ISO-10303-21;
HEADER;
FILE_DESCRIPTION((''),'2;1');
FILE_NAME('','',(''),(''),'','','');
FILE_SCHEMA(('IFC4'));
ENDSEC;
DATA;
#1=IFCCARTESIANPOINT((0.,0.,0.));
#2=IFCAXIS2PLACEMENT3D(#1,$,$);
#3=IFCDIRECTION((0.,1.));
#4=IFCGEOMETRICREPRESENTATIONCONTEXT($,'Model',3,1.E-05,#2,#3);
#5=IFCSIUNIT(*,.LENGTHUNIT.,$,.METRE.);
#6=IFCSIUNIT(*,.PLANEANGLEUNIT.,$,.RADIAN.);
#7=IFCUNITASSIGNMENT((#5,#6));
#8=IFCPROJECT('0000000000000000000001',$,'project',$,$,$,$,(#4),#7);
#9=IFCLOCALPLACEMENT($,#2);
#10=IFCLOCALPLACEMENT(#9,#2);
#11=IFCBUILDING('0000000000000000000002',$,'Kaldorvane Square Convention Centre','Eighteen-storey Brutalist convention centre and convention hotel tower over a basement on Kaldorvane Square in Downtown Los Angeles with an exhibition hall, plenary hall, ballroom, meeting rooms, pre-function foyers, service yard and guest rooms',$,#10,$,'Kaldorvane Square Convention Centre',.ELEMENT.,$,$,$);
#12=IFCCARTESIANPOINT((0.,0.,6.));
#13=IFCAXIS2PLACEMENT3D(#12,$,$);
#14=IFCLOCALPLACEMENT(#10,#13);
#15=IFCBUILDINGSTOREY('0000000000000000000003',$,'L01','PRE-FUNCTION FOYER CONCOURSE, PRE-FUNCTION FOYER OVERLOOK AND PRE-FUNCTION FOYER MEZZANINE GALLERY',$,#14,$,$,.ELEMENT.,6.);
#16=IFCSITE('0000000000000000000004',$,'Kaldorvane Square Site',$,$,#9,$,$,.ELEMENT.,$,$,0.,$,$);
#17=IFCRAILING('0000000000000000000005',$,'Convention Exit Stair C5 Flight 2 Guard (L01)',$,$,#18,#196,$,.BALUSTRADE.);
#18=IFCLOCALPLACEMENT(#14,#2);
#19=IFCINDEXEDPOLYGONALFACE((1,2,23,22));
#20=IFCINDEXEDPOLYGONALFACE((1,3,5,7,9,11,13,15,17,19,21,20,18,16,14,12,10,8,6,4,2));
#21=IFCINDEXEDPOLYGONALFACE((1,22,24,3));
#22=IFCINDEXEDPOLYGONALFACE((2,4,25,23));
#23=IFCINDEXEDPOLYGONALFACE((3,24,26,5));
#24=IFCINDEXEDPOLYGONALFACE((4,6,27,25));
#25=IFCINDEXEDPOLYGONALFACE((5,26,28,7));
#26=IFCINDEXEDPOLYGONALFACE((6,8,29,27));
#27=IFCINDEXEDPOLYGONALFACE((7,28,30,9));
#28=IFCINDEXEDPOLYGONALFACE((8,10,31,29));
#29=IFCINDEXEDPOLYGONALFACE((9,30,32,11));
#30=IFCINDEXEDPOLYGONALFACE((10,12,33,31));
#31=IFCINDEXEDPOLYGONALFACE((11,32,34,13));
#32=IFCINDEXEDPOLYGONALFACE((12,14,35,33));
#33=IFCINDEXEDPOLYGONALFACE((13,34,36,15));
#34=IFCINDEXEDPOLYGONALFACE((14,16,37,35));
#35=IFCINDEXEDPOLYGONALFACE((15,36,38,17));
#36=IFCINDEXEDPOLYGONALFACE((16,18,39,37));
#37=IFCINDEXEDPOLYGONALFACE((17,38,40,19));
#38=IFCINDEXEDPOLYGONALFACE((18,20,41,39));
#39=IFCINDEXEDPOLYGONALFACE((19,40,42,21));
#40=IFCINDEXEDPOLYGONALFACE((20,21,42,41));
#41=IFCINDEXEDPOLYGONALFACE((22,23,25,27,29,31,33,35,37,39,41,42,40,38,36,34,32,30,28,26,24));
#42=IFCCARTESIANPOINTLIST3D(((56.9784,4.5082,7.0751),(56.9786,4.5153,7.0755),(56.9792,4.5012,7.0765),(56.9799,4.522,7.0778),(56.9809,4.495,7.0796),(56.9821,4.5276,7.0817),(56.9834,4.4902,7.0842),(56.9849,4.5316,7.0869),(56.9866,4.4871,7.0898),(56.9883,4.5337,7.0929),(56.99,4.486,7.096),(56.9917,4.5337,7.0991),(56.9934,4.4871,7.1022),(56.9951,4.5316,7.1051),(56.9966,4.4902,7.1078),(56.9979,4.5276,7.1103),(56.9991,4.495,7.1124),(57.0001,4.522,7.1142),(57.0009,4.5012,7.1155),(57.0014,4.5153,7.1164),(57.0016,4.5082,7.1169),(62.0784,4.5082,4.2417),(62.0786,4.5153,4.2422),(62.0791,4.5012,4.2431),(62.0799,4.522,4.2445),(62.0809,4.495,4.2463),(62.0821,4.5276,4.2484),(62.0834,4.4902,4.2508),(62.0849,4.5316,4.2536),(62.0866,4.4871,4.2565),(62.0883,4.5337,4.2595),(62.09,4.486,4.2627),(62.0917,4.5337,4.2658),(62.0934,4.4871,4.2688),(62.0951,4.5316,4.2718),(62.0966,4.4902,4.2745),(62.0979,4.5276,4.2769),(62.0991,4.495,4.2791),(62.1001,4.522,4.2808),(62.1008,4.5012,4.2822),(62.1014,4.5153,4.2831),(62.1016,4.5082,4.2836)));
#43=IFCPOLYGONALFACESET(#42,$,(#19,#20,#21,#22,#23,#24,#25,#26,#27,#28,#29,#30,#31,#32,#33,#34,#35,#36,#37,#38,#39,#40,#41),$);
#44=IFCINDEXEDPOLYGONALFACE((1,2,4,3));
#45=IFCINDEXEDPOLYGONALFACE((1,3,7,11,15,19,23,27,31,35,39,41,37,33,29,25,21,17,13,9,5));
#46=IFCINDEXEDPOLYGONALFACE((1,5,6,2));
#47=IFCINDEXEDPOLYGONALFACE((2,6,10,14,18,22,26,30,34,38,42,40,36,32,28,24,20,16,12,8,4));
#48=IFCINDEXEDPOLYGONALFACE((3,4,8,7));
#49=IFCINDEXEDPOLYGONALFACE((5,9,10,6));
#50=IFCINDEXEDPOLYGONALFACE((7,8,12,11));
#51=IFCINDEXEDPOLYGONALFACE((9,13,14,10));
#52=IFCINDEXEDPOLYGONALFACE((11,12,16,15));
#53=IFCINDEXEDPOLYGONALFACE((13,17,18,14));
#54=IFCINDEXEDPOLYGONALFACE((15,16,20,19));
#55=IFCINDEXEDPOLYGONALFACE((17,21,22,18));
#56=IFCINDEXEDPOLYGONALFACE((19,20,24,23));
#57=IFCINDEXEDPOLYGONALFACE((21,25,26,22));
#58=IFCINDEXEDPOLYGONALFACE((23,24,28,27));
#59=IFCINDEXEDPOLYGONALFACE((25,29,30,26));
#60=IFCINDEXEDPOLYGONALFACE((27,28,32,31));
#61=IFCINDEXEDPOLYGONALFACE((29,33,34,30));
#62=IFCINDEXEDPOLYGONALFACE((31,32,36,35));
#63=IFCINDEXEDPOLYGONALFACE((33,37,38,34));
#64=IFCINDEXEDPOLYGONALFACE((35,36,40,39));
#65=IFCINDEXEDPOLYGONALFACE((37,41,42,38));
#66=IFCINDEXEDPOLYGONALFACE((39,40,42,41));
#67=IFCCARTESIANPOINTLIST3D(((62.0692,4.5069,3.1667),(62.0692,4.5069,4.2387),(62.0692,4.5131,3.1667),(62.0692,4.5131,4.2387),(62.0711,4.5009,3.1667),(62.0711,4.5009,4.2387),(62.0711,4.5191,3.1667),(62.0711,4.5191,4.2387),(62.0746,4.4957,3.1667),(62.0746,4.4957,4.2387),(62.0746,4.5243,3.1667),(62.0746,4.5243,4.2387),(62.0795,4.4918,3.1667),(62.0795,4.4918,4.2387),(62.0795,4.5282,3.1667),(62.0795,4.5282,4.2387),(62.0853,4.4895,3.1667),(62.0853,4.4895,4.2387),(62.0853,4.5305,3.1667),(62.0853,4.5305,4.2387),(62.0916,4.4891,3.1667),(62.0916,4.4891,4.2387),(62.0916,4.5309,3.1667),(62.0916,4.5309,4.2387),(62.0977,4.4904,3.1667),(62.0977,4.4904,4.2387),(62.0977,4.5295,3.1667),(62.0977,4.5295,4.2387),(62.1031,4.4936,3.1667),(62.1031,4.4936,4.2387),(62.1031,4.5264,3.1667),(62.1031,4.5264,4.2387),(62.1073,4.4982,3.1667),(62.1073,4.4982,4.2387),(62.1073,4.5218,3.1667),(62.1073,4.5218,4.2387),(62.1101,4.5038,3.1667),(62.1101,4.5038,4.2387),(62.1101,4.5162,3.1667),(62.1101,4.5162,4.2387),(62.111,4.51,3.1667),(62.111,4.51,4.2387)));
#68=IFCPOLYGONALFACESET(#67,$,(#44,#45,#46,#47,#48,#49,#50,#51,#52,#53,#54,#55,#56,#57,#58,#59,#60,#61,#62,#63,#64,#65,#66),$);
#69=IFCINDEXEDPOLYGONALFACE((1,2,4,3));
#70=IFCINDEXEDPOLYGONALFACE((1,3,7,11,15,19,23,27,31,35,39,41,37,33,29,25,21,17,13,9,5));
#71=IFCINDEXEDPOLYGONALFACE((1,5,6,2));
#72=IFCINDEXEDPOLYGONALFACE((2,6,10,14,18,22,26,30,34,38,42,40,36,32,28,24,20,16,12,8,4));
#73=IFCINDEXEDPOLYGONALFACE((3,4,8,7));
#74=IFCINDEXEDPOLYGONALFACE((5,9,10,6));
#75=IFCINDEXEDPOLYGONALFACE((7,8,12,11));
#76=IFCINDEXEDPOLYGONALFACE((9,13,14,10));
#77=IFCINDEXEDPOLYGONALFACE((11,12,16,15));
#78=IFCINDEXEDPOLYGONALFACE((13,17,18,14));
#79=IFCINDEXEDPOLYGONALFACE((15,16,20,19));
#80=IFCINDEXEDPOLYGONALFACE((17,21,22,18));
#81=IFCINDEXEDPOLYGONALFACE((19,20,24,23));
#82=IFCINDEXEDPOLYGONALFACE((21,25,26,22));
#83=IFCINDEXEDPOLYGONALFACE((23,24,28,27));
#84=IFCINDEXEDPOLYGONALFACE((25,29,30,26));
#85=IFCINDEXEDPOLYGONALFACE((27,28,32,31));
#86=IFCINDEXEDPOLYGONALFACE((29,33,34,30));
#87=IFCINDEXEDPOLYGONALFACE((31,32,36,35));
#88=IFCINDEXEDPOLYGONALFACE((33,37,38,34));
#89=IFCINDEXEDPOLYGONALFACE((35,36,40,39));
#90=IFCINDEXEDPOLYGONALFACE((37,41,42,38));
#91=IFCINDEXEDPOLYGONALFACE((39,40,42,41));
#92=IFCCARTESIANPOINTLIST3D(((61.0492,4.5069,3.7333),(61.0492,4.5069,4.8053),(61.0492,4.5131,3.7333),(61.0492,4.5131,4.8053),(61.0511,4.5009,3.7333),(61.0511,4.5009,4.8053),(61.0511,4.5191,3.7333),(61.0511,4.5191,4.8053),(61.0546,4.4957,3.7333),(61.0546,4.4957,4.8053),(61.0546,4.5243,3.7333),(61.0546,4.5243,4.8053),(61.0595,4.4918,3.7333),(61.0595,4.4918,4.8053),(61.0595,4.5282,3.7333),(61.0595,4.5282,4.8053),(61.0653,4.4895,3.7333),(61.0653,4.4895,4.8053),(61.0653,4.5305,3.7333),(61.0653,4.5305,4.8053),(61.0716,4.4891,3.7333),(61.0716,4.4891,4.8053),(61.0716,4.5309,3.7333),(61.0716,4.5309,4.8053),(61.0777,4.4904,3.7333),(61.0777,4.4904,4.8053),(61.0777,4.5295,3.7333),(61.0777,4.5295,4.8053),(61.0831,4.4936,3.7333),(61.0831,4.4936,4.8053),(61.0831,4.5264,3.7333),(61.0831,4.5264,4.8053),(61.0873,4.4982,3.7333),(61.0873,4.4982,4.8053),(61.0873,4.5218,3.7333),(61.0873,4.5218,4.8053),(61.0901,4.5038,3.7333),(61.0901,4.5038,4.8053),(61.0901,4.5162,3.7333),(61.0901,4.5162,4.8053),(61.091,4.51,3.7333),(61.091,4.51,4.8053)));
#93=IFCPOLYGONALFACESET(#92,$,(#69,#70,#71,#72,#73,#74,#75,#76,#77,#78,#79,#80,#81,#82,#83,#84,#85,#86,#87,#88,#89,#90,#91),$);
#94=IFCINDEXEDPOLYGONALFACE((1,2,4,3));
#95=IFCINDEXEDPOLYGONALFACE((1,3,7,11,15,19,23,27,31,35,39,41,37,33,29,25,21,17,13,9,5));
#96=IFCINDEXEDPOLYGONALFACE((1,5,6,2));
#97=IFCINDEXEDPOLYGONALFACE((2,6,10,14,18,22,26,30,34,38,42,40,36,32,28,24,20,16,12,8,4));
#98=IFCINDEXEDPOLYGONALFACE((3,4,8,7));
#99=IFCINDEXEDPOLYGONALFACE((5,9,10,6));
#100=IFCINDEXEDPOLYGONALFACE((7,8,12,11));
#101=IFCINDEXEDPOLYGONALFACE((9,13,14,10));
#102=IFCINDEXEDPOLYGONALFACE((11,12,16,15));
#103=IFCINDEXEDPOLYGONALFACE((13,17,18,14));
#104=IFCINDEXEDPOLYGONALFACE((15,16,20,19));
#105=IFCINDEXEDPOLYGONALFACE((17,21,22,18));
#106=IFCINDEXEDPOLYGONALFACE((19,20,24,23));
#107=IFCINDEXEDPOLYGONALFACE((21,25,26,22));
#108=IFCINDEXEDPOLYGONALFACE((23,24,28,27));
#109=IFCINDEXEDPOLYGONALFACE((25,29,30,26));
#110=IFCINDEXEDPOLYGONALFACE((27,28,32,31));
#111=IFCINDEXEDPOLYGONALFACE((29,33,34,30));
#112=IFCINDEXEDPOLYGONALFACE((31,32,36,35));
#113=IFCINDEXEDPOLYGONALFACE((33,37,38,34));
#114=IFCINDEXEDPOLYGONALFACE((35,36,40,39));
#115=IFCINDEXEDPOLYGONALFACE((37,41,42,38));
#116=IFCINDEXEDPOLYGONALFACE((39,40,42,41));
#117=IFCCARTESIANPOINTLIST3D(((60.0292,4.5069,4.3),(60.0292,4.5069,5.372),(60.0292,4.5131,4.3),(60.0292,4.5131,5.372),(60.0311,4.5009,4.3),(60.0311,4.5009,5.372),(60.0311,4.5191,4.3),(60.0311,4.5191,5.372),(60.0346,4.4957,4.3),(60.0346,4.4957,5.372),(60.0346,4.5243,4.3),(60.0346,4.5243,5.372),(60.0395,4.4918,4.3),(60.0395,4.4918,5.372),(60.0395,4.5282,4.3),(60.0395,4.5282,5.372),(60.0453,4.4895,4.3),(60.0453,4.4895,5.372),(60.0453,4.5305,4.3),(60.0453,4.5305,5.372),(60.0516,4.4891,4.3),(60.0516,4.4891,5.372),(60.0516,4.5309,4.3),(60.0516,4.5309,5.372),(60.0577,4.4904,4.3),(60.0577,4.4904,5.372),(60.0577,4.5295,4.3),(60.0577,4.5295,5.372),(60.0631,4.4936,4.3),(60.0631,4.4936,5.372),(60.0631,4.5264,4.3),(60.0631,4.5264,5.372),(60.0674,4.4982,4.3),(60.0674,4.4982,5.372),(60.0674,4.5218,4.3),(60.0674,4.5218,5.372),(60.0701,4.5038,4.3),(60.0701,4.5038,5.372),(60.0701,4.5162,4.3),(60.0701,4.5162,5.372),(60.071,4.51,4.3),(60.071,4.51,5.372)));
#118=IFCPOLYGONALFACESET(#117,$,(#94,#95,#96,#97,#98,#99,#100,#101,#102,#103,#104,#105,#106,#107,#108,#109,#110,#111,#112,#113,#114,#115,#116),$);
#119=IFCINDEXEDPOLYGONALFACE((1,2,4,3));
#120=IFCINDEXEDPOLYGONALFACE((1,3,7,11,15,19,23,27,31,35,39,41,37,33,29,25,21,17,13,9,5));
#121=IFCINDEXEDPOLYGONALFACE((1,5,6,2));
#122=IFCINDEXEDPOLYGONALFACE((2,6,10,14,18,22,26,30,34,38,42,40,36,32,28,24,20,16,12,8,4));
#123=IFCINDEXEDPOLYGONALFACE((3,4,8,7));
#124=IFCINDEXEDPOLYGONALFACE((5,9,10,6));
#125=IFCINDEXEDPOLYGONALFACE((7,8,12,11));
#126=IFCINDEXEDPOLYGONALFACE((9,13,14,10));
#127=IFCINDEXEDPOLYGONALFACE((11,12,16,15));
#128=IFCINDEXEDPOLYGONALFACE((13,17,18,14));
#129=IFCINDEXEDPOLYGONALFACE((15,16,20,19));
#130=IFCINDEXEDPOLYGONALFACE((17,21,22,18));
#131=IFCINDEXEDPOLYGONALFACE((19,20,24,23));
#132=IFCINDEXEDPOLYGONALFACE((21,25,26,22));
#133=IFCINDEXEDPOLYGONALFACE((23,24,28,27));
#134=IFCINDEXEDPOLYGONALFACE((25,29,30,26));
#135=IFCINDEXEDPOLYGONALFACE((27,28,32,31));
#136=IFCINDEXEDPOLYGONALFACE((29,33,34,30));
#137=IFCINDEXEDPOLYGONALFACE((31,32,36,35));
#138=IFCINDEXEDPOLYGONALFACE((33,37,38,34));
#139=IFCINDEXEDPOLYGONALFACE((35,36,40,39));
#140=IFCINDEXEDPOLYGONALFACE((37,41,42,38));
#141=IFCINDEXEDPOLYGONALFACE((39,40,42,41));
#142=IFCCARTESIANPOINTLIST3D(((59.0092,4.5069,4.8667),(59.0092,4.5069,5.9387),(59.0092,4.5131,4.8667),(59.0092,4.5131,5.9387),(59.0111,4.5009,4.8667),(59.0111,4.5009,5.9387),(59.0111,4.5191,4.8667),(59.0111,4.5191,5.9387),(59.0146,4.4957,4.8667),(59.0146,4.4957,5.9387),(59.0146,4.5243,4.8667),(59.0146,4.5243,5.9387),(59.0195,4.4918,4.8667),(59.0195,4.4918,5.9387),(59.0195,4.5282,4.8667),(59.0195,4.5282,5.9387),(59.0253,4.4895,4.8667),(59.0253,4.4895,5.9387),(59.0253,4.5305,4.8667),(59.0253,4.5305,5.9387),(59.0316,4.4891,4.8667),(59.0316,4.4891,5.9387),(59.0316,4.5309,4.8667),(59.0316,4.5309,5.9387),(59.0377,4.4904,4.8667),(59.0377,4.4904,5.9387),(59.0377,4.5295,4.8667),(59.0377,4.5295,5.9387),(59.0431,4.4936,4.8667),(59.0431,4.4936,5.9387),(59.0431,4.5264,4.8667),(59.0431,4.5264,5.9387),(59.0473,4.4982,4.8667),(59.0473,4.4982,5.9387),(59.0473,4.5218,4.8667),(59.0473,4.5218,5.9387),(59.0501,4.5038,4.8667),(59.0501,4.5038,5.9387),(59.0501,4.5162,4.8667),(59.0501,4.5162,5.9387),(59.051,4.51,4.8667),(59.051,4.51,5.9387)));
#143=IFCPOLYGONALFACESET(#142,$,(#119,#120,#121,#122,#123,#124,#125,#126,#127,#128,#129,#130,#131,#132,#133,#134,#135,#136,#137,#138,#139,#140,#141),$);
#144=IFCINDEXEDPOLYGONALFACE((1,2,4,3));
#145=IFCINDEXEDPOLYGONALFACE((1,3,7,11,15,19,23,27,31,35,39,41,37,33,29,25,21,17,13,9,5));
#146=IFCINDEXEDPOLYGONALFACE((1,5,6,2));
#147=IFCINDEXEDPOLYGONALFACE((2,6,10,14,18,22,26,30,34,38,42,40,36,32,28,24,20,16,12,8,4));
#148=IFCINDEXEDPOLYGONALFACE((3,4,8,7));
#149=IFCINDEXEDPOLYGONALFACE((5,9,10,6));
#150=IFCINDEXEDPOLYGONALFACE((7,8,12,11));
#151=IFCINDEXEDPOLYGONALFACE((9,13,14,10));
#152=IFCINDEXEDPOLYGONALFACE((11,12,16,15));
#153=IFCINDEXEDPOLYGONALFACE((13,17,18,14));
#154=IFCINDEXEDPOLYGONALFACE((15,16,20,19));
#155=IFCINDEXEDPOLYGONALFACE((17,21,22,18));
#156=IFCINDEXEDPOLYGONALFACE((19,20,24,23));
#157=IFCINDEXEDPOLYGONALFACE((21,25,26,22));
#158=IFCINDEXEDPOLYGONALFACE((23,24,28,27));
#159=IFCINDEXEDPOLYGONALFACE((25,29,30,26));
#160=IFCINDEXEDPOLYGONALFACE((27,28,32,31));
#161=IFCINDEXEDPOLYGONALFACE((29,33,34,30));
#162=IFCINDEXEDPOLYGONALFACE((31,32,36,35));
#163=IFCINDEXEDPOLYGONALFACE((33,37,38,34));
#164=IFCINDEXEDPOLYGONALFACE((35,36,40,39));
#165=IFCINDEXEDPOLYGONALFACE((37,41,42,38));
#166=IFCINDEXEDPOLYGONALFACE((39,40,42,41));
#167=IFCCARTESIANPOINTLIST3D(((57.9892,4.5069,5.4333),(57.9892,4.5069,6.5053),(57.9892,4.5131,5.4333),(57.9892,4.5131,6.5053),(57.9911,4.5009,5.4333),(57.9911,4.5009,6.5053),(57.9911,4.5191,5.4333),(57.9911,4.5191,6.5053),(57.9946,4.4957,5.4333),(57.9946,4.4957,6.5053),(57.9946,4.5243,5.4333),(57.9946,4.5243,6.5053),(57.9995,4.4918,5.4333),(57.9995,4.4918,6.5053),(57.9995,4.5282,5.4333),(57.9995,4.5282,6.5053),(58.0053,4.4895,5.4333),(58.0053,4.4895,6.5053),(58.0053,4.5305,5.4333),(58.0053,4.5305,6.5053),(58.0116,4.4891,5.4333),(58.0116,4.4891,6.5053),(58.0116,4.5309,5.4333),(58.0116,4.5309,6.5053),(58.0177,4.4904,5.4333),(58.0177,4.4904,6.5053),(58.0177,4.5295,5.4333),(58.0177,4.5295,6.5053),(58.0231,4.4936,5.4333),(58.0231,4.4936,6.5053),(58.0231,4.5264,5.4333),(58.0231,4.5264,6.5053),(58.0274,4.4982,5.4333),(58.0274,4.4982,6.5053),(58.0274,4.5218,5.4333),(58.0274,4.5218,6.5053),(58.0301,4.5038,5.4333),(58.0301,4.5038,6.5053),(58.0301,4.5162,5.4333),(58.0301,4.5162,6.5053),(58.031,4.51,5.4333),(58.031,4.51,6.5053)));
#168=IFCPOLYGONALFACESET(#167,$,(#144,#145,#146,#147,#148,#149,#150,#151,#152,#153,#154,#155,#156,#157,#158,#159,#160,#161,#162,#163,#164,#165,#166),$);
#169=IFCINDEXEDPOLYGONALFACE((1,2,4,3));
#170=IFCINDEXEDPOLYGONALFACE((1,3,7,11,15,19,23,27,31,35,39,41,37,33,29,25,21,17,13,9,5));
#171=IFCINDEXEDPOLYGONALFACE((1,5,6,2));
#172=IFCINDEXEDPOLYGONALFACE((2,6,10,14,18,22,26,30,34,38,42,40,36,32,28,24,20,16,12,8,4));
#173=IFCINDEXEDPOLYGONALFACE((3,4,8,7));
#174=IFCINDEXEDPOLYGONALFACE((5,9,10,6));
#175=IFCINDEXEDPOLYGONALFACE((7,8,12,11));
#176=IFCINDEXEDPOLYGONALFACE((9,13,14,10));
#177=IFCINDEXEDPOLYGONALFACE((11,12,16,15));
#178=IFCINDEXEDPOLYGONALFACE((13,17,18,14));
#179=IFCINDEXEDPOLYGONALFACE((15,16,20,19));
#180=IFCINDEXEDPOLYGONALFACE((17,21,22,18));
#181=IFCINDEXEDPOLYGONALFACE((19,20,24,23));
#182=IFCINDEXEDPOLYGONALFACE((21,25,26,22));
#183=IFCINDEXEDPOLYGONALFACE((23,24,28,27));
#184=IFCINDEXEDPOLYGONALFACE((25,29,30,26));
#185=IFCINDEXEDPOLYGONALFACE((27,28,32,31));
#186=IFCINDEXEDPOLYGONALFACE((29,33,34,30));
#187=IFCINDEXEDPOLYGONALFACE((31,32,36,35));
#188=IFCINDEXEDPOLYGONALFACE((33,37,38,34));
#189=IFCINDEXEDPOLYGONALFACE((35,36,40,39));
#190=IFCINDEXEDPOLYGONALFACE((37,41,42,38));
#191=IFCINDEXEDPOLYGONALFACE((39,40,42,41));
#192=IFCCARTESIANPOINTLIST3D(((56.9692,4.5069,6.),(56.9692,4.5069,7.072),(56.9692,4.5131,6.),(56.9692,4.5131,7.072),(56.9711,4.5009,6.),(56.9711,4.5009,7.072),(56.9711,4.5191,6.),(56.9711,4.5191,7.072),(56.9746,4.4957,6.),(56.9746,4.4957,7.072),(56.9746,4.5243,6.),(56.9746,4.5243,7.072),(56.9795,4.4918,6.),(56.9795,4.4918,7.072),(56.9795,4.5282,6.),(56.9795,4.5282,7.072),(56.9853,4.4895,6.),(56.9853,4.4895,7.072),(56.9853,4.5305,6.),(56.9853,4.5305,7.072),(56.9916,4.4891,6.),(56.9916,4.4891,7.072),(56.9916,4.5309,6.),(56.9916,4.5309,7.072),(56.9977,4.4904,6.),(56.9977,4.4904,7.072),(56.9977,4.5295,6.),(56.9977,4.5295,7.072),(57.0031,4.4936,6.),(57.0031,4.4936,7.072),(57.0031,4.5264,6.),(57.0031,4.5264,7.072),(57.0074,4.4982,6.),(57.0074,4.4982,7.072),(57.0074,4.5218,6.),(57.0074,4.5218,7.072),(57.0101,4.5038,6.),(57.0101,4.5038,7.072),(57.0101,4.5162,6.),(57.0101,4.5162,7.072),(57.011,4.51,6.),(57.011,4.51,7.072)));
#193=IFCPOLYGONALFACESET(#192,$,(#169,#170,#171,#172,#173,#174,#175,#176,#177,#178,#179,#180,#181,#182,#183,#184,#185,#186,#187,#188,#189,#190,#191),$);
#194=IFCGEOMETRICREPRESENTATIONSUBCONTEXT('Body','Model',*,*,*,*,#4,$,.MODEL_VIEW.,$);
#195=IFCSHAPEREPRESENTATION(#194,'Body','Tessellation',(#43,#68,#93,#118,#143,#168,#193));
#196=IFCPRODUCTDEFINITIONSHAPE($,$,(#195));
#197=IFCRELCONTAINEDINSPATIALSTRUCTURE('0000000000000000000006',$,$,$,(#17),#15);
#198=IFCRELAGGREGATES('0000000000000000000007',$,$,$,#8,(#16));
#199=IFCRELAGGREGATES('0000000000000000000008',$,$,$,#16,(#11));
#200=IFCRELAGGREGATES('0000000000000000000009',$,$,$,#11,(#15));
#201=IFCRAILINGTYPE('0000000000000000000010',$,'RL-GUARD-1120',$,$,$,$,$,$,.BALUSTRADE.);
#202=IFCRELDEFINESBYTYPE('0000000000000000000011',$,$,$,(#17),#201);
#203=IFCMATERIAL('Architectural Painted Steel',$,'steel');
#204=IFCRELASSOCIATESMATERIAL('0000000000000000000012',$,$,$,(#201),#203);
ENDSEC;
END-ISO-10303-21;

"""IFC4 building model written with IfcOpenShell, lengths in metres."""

from ifc_helpers import new_model, si_unit, direction, frame, origin, origin_2d, place, context, subcontext, project, spatial, circle, extrude, material, type_object, element, save


model = new_model("IFC4")

# Units and contexts
model_context = context("Model", 3, precision=1e-05, world=origin(), true_north=direction((0.0, 1.0)))
body_context = subcontext(model_context, "Body", "Model", "MODEL_VIEW")
ifc_project = project(units=[si_unit("LENGTHUNIT", "METRE"), si_unit("PLANEANGLEUNIT", "RADIAN")], contexts=[model_context])

# Site, building, storey
site_placement = place(None, origin())
site = spatial("IfcSite", under=ifc_project, at=site_placement, Name="Kaldorvane Square Site", CompositionType="ELEMENT", RefElevation=0.0)
building_placement = place(site_placement, origin())
building = spatial("IfcBuilding", under=site, at=building_placement, Name="Kaldorvane Square Convention Centre", Description="Eighteen-storey Brutalist convention centre and convention hotel tower over a basement on Kaldorvane Square in Downtown Los Angeles with an exhibition hall, plenary hall, ballroom, meeting rooms, pre-function foyers, service yard and guest rooms", LongName="Kaldorvane Square Convention Centre", CompositionType="ELEMENT")
storey_placement = place(building_placement, frame((0.0, 0.0, 6.0)))
storey = spatial("IfcBuildingStorey", under=building, at=storey_placement, Name="L01", Description="PRE-FUNCTION FOYER CONCOURSE, PRE-FUNCTION FOYER OVERLOOK AND PRE-FUNCTION FOYER MEZZANINE GALLERY", CompositionType="ELEMENT", Elevation=6.0)

# Railing
ifc_material_1 = material(Name="Architectural Painted Steel", Category="steel")
railing_type_1 = type_object("IfcRailingType", Name="RL-GUARD-1120", PredefinedType="BALUSTRADE", material=ifc_material_1)
railing_1_placement = place(storey_placement, frame((62.09, 4.51, 3.1667)))
element("IfcRailing", 1, at=railing_1_placement, inside=storey, type_object=railing_type_1, Name="Convention Exit Stair C5 Flight 2 Guard (L01)", PredefinedType="BALUSTRADE", context=body_context, shape_type="SweptSolid", body=[
    extrude(circle(Radius=0.024, at=origin_2d()), frame((0.0, 0.0, 1.096), z_axis=(-0.874157, 0.0, 0.485643), x_axis=(0.0, -1.0, 0.0)), (0.0, 0.0, 1.0), 5.8342),
    extrude(circle(Radius=0.021, at=origin_2d()), origin(), (0.0, 0.0, 1.0), 1.072),
    extrude(circle(Radius=0.021, at=origin_2d()), frame((-1.02, 0.0, 0.5667)), (0.0, 0.0, 1.0), 1.072),
    extrude(circle(Radius=0.021, at=origin_2d()), frame((-2.04, 0.0, 1.1333)), (0.0, 0.0, 1.0), 1.072),
    extrude(circle(Radius=0.021, at=origin_2d()), frame((-3.06, 0.0, 1.7)), (0.0, 0.0, 1.0), 1.072),
    extrude(circle(Radius=0.021, at=origin_2d()), frame((-4.08, 0.0, 2.2667)), (0.0, 0.0, 1.0), 1.072),
    extrude(circle(Radius=0.021, at=origin_2d()), frame((-5.1, 0.0, 2.8333)), (0.0, 0.0, 1.0), 1.072),
])

save(model, "model.ifc")
